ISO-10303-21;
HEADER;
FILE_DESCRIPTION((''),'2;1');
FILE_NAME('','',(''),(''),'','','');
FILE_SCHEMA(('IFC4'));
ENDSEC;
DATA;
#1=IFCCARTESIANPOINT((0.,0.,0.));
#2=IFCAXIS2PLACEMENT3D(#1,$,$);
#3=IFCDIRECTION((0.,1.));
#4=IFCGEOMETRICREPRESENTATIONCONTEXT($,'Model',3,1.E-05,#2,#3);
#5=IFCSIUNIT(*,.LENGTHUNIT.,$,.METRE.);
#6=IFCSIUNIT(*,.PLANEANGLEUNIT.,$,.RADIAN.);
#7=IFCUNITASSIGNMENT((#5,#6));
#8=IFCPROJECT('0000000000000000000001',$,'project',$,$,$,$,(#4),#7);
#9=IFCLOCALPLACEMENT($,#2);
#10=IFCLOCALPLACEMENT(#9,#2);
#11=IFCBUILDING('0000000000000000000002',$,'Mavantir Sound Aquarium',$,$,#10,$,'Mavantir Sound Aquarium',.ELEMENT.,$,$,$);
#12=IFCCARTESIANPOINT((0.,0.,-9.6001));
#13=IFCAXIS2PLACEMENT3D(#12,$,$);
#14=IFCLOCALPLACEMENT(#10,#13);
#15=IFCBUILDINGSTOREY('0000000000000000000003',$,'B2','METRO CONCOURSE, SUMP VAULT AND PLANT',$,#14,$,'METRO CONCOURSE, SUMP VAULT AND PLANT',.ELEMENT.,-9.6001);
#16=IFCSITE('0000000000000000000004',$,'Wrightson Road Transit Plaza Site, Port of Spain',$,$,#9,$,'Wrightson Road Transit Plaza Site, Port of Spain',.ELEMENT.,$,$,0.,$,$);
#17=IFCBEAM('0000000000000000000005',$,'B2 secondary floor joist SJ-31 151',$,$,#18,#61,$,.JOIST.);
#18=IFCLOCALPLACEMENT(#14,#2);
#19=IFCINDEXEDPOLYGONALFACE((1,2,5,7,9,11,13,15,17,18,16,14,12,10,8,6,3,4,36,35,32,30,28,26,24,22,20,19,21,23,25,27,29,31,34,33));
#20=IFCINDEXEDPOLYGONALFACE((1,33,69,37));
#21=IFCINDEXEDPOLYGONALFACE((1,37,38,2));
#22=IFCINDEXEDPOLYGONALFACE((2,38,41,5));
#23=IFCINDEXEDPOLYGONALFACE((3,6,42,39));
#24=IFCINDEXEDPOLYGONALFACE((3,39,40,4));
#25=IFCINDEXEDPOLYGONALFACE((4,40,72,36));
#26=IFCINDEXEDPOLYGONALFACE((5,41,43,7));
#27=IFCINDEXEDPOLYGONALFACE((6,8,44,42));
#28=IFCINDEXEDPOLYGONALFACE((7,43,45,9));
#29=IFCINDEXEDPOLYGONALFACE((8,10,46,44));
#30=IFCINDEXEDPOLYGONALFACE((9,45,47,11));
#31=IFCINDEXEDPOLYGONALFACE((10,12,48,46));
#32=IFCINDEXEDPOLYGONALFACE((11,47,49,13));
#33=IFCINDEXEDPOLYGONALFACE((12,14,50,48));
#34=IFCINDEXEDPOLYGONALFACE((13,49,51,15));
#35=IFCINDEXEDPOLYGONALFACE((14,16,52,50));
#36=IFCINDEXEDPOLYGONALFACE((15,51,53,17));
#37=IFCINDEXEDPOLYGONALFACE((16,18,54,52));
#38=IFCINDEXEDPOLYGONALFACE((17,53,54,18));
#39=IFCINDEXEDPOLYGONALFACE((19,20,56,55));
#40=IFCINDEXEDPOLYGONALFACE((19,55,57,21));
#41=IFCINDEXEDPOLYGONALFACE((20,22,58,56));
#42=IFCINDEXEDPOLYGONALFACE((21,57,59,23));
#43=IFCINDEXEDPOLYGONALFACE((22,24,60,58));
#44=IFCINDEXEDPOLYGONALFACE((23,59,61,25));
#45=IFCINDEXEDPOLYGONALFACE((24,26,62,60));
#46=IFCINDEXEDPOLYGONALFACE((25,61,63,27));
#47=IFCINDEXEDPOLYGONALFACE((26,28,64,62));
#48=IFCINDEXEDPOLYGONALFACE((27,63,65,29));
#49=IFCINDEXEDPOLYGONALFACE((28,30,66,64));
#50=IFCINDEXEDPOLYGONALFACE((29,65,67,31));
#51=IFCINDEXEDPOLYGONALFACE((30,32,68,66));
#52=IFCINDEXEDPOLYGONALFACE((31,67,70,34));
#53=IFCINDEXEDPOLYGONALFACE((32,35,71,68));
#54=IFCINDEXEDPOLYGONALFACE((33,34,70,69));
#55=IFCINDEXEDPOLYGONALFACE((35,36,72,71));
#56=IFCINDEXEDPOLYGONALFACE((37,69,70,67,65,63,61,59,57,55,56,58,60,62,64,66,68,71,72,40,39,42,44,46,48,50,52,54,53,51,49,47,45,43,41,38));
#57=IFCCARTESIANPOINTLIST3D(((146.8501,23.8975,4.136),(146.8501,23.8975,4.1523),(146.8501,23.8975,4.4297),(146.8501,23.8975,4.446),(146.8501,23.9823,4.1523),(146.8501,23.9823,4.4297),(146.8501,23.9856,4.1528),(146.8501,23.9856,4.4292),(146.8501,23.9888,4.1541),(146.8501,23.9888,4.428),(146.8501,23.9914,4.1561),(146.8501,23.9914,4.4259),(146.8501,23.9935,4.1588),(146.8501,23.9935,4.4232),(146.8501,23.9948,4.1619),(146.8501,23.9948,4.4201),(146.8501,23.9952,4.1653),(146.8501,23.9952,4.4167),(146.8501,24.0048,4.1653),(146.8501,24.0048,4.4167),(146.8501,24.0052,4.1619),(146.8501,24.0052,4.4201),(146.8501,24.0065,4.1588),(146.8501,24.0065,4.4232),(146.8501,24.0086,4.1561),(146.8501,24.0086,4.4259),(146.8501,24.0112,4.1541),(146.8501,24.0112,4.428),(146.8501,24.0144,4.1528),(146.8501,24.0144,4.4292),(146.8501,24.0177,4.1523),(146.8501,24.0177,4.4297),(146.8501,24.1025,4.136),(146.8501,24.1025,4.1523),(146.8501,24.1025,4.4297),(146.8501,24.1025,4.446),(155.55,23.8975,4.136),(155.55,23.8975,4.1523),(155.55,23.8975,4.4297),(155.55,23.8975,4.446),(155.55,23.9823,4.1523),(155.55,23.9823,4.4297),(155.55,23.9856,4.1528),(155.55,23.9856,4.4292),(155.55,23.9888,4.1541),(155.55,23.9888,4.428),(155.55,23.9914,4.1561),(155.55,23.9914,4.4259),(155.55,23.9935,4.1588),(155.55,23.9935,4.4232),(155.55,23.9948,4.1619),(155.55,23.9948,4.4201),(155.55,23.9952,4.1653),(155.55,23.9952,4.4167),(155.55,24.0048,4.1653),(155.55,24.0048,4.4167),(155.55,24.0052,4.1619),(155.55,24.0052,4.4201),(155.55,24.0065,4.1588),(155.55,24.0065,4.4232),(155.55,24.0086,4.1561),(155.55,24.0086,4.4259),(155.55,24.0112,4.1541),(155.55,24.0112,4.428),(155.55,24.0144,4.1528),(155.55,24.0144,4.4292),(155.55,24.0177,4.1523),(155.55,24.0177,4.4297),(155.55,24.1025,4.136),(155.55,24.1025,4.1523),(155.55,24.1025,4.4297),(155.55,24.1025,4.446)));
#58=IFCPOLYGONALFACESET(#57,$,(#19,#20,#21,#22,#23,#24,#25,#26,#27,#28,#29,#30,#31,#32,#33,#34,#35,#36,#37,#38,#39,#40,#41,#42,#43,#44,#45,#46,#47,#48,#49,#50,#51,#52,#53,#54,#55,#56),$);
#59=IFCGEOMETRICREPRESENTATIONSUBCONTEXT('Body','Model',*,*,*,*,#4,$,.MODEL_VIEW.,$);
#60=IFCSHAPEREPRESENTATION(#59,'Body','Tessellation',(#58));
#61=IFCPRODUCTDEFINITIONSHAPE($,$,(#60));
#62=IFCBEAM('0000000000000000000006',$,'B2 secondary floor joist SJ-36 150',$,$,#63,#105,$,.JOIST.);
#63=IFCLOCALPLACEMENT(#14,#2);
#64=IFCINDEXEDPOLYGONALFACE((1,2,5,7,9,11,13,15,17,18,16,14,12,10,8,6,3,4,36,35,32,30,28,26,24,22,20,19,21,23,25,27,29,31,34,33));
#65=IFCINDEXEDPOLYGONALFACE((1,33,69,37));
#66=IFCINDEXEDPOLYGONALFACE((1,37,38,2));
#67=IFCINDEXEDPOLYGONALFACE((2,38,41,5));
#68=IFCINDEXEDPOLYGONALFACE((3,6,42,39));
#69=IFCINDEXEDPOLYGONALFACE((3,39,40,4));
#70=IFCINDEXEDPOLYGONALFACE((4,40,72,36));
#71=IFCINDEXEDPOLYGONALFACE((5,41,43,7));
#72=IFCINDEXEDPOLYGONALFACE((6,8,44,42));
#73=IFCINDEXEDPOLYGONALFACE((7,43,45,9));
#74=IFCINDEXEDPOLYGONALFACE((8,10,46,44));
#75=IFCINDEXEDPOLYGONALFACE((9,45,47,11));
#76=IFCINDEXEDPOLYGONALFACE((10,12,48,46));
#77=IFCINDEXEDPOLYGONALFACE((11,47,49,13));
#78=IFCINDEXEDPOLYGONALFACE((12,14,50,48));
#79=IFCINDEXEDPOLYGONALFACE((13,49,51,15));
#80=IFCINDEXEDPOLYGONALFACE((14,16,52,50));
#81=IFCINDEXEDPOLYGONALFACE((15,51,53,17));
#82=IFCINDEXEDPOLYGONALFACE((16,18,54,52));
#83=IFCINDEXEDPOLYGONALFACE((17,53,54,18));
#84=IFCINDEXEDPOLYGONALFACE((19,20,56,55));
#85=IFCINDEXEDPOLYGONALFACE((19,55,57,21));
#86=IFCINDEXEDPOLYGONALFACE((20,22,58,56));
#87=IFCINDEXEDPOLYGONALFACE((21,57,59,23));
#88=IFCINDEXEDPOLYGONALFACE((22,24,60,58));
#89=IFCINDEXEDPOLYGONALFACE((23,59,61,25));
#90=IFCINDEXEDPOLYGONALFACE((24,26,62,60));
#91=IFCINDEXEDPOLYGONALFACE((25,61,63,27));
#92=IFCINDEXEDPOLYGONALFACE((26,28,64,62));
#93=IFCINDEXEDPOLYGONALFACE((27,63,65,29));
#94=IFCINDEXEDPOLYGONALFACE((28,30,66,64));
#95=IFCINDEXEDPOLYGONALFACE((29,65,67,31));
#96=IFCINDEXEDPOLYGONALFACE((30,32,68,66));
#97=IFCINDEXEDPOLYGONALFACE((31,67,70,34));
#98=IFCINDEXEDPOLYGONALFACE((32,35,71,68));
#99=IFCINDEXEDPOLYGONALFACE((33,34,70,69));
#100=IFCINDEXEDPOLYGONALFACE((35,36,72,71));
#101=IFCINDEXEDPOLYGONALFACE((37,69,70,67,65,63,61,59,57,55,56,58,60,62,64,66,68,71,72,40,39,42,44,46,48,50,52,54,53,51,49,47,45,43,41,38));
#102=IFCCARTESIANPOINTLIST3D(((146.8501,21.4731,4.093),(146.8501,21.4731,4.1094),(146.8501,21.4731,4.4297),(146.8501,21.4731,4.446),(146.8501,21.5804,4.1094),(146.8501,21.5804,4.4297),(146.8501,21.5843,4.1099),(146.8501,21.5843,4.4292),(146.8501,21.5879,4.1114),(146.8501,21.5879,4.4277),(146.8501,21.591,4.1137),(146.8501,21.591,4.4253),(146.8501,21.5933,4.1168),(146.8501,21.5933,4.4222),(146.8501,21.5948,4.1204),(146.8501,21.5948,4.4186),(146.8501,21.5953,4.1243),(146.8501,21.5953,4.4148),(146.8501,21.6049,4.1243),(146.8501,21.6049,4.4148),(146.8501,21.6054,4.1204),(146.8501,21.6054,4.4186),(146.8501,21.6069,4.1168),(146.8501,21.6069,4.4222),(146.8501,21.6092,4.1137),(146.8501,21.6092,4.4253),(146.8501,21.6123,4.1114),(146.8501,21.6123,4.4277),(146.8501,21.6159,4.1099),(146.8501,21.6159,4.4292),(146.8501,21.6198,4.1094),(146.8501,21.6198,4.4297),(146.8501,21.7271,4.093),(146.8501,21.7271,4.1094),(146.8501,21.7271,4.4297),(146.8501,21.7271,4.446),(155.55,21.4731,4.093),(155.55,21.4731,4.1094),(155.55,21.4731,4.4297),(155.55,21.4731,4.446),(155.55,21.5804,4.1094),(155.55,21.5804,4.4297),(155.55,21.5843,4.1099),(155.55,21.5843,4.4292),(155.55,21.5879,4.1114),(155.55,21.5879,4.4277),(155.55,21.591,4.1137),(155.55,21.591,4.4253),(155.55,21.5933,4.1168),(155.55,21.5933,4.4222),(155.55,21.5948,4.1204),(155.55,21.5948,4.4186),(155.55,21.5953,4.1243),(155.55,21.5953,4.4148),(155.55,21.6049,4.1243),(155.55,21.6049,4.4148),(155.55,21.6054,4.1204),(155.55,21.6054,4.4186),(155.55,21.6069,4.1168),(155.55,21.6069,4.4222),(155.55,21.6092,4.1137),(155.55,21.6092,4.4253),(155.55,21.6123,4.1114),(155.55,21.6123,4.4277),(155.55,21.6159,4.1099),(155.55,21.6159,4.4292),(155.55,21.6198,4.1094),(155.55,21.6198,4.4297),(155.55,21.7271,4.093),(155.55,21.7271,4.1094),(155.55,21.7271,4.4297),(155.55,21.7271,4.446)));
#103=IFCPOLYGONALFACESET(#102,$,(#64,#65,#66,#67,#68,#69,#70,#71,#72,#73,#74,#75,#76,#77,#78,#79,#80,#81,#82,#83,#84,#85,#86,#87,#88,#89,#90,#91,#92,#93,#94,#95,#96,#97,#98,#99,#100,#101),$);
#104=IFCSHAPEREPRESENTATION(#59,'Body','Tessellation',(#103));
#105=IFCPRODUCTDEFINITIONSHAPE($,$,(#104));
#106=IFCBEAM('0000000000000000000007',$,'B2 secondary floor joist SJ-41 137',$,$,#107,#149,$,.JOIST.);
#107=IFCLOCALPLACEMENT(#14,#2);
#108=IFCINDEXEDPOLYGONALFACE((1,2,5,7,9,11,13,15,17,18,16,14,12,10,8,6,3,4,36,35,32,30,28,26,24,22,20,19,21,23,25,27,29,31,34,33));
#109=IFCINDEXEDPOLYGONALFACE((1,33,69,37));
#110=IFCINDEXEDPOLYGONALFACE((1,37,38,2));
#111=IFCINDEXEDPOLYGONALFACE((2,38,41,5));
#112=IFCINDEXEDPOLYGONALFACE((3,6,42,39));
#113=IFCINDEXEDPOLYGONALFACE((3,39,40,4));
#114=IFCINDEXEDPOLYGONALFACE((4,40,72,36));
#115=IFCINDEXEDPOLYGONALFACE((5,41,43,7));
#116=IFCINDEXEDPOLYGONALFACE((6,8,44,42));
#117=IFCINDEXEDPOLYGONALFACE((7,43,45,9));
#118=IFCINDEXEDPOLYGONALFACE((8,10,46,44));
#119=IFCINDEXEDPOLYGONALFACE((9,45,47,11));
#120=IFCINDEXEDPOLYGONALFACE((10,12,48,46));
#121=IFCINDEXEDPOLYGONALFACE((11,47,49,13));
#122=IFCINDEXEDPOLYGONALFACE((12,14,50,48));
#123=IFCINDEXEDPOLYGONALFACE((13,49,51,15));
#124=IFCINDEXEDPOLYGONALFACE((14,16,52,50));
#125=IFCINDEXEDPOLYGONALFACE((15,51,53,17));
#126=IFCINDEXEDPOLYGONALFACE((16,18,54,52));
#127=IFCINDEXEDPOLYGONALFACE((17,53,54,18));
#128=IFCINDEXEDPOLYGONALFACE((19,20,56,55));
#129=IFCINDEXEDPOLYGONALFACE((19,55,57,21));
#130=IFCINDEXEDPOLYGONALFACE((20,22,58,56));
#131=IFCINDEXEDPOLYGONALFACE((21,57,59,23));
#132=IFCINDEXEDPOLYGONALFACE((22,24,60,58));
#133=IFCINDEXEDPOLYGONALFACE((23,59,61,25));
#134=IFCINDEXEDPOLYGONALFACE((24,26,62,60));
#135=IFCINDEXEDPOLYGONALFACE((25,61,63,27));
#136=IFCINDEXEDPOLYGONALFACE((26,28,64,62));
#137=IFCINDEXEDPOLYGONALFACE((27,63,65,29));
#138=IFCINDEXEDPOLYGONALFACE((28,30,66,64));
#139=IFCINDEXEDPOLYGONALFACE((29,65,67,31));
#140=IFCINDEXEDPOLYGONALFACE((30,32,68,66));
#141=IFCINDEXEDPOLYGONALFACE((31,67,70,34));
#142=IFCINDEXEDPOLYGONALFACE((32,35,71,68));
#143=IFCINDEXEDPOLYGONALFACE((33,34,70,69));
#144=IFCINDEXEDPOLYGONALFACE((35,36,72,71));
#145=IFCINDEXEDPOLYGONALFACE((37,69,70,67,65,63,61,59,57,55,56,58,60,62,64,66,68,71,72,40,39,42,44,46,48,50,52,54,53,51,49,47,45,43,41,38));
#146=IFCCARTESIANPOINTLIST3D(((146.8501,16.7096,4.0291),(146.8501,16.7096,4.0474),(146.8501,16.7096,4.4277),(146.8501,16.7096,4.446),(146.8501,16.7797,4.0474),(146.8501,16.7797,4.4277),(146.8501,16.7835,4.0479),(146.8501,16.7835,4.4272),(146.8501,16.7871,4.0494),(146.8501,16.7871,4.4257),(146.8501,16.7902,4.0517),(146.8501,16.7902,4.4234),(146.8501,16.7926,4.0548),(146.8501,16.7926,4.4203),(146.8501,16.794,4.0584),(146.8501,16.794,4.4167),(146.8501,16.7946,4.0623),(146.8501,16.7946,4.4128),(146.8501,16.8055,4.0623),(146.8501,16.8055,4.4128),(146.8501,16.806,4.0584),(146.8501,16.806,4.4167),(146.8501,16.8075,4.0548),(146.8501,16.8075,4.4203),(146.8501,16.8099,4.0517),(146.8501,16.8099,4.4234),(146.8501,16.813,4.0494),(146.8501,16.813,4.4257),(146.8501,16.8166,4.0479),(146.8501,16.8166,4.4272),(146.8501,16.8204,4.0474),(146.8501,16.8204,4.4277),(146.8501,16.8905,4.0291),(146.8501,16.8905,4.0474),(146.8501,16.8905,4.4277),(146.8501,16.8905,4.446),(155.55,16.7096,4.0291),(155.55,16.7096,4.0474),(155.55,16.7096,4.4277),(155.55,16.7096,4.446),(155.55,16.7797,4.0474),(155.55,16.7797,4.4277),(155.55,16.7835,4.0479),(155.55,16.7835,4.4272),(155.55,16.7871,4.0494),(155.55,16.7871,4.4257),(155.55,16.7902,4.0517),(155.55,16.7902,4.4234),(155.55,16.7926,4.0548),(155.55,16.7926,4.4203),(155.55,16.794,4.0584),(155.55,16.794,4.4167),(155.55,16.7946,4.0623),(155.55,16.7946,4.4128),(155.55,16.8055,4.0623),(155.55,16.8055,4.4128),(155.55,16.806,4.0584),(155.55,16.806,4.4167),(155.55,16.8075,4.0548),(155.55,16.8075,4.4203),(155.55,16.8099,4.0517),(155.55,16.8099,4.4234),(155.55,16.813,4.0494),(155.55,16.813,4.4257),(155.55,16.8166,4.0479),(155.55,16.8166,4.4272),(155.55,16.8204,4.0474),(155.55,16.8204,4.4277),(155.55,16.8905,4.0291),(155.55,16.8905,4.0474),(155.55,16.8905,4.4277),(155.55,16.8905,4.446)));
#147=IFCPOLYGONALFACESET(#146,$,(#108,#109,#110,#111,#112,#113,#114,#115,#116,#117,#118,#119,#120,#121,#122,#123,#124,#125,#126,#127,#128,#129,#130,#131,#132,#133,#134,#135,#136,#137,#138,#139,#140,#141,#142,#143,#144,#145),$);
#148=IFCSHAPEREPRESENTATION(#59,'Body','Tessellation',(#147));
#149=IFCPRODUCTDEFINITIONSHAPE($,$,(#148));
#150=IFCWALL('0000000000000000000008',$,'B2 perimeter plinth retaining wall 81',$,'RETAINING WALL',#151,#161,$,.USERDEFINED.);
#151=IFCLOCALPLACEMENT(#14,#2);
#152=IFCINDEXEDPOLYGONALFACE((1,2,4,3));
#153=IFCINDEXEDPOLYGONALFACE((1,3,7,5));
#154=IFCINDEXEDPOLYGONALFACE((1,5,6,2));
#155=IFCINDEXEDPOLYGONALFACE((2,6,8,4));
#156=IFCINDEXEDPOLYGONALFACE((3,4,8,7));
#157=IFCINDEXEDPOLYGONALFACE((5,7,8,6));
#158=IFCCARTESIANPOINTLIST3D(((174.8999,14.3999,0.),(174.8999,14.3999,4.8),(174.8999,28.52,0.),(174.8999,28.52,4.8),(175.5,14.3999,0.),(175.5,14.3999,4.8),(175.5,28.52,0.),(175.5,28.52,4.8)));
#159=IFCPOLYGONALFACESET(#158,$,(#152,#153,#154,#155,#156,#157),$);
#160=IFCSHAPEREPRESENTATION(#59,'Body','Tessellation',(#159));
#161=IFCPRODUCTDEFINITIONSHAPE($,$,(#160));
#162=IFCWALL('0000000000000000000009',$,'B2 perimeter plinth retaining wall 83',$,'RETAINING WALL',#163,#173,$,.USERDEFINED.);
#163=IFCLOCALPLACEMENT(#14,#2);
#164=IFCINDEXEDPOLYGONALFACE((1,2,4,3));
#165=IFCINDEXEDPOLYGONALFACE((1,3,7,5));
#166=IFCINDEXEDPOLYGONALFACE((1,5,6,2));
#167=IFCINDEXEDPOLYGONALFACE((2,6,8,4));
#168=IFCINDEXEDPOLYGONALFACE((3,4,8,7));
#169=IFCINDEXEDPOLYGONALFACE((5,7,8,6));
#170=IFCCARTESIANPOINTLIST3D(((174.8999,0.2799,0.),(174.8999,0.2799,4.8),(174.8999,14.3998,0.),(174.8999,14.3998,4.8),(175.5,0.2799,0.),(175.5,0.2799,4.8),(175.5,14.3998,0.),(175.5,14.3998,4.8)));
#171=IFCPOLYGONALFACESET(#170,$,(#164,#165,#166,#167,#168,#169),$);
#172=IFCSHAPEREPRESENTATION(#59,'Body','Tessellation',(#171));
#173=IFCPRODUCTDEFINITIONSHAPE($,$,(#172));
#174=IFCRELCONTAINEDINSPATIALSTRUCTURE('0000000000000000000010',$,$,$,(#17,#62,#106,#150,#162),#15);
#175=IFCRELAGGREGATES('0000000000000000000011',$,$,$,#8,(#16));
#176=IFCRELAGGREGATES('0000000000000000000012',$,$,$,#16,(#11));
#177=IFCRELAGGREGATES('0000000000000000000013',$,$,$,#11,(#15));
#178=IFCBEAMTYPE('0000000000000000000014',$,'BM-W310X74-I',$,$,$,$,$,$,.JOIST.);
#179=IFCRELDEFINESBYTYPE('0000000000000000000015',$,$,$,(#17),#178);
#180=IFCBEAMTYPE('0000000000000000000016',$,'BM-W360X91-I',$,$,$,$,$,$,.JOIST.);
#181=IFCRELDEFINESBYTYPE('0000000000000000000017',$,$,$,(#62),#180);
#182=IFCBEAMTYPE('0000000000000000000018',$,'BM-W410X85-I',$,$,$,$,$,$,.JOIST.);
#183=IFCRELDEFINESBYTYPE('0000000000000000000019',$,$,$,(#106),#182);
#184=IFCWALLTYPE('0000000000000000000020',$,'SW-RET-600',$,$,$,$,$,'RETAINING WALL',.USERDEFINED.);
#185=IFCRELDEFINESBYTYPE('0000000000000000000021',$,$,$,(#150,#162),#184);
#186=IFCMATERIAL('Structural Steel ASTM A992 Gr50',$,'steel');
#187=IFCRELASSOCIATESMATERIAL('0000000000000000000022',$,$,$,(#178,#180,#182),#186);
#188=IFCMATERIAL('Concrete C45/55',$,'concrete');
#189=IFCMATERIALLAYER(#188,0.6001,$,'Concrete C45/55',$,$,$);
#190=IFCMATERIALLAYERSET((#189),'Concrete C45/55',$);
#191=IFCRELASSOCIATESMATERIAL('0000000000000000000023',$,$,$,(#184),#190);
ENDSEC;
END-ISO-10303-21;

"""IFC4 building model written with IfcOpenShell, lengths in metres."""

from ifc_helpers import new_model, si_unit, direction, frame, frame_2d, origin, origin_2d, place, context, subcontext, project, spatial, rectangle, i_section, extrude, material, layer, layer_set, material_profile, profile_set, type_object, element, save


model = new_model("IFC4")

# Units and contexts
model_context = context("Model", 3, precision=1e-05, world=origin(), true_north=direction((0.0, 1.0)))
body_context = subcontext(model_context, "Body", "Model", "MODEL_VIEW")
ifc_project = project(units=[si_unit("LENGTHUNIT", "METRE"), si_unit("PLANEANGLEUNIT", "RADIAN")], contexts=[model_context])

# Site, building, storey
site_placement = place(None, origin())
site = spatial("IfcSite", under=ifc_project, at=site_placement, Name="Wrightson Road Transit Plaza Site, Port of Spain", LongName="Wrightson Road Transit Plaza Site, Port of Spain", CompositionType="ELEMENT", RefElevation=0.0)
building_placement = place(site_placement, origin())
building = spatial("IfcBuilding", under=site, at=building_placement, Name="Mavantir Sound Aquarium", LongName="Mavantir Sound Aquarium", CompositionType="ELEMENT")
storey_placement = place(building_placement, frame((0.0, 0.0, -9.6001)))
storey = spatial("IfcBuildingStorey", under=building, at=storey_placement, Name="B2", Description="METRO CONCOURSE, SUMP VAULT AND PLANT", LongName="METRO CONCOURSE, SUMP VAULT AND PLANT", CompositionType="ELEMENT", Elevation=-9.6001)

# Beams
ifc_material_1 = material(Name="Structural Steel ASTM A992 Gr50", Category="steel")
ifc_material_profile_1 = material_profile(ifc_material_1, i_section(OverallWidth=0.2051, OverallDepth=0.3101, WebThickness=0.0095, FlangeThickness=0.0164, FilletRadius=0.0129, at=origin_2d()), Name="W310X74")
ifc_profile_set_1 = profile_set([ifc_material_profile_1], Name="Structural Steel ASTM A992 Gr50")
beam_type_1 = type_object("IfcBeamType", Name="BM-W310X74-I", PredefinedType="JOIST", material=ifc_profile_set_1)
beam_1_placement = place(storey_placement, frame((146.8501, 24.0, 4.291), z_axis=(1.0, 0.0, 0.0), x_axis=(0.0, 1.0, 0.0)))
element("IfcBeam", 1, at=beam_1_placement, inside=storey, type_object=beam_type_1, Name="B2 secondary floor joist SJ-31 151", PredefinedType="JOIST", context=body_context, shape_type="SweptSolid", body=[
    extrude(i_section(OverallWidth=0.2051, OverallDepth=0.3101, WebThickness=0.0095, FlangeThickness=0.0164, FilletRadius=0.0129, at=origin_2d()), origin(), (0.0, 0.0, 1.0), 8.7),
])
ifc_material_profile_2 = material_profile(ifc_material_1, i_section(OverallWidth=0.2539, OverallDepth=0.353, WebThickness=0.0095, FlangeThickness=0.0164, FilletRadius=0.0149, at=origin_2d()), Name="W360X91")
ifc_profile_set_2 = profile_set([ifc_material_profile_2], Name="Structural Steel ASTM A992 Gr50")
beam_type_2 = type_object("IfcBeamType", Name="BM-W360X91-I", PredefinedType="JOIST", material=ifc_profile_set_2)
beam_2_placement = place(storey_placement, frame((146.8501, 21.6001, 4.2695), z_axis=(1.0, 0.0, 0.0), x_axis=(0.0, 1.0, 0.0)))
element("IfcBeam", 2, at=beam_2_placement, inside=storey, type_object=beam_type_2, Name="B2 secondary floor joist SJ-36 150", PredefinedType="JOIST", context=body_context, shape_type="SweptSolid", body=[
    extrude(i_section(OverallWidth=0.2539, OverallDepth=0.353, WebThickness=0.0095, FlangeThickness=0.0164, FilletRadius=0.0149, at=origin_2d()), origin(), (0.0, 0.0, 1.0), 8.7),
])
ifc_material_profile_3 = material_profile(ifc_material_1, i_section(OverallWidth=0.1809, OverallDepth=0.417, WebThickness=0.011, FlangeThickness=0.0183, FilletRadius=0.0149, at=origin_2d()), Name="W410X85")
ifc_profile_set_3 = profile_set([ifc_material_profile_3], Name="Structural Steel ASTM A992 Gr50")
beam_type_3 = type_object("IfcBeamType", Name="BM-W410X85-I", PredefinedType="JOIST", material=ifc_profile_set_3)
beam_3_placement = place(storey_placement, frame((146.8501, 16.8, 4.2375), z_axis=(1.0, 0.0, 0.0), x_axis=(0.0, 1.0, 0.0)))
element("IfcBeam", 3, at=beam_3_placement, inside=storey, type_object=beam_type_3, Name="B2 secondary floor joist SJ-41 137", PredefinedType="JOIST", context=body_context, shape_type="SweptSolid", body=[
    extrude(i_section(OverallWidth=0.1809, OverallDepth=0.417, WebThickness=0.011, FlangeThickness=0.0183, FilletRadius=0.0149, at=origin_2d()), origin(), (0.0, 0.0, 1.0), 8.7),
])

# Walls
ifc_material_2 = material(Name="Concrete C45/55", Category="concrete")
ifc_layer = layer(ifc_material_2, 0.6001, Name="Concrete C45/55")
ifc_layer_set = layer_set([ifc_layer], Name="Concrete C45/55")
wall_type = type_object("IfcWallType", Name="SW-RET-600", ElementType="RETAINING WALL", PredefinedType="USERDEFINED", material=ifc_layer_set)
wall_1_placement = place(storey_placement, frame((175.2, 28.52, 0.0), z_axis=(0.0, 0.0, 1.0), x_axis=(0.0, -1.0, 0.0)))
element("IfcWall", 4, at=wall_1_placement, inside=storey, type_object=wall_type, Name="B2 perimeter plinth retaining wall 81", ObjectType="RETAINING WALL", PredefinedType="USERDEFINED", context=body_context, shape_type="SweptSolid", body=[
    extrude(rectangle(XDim=14.1201, YDim=0.6001, at=frame_2d((7.0601, 0.0))), origin(), (0.0, 0.0, 1.0), 4.8),
])
wall_2_placement = place(storey_placement, frame((175.2, 14.3999, 0.0), z_axis=(0.0, 0.0, 1.0), x_axis=(0.0, -1.0, 0.0)))
element("IfcWall", 5, at=wall_2_placement, inside=storey, type_object=wall_type, Name="B2 perimeter plinth retaining wall 83", ObjectType="RETAINING WALL", PredefinedType="USERDEFINED", context=body_context, shape_type="SweptSolid", body=[
    extrude(rectangle(XDim=14.1199, YDim=0.6001, at=frame_2d((7.0601, 0.0))), origin(), (0.0, 0.0, 1.0), 4.8),
])

save(model, "model.ifc")
